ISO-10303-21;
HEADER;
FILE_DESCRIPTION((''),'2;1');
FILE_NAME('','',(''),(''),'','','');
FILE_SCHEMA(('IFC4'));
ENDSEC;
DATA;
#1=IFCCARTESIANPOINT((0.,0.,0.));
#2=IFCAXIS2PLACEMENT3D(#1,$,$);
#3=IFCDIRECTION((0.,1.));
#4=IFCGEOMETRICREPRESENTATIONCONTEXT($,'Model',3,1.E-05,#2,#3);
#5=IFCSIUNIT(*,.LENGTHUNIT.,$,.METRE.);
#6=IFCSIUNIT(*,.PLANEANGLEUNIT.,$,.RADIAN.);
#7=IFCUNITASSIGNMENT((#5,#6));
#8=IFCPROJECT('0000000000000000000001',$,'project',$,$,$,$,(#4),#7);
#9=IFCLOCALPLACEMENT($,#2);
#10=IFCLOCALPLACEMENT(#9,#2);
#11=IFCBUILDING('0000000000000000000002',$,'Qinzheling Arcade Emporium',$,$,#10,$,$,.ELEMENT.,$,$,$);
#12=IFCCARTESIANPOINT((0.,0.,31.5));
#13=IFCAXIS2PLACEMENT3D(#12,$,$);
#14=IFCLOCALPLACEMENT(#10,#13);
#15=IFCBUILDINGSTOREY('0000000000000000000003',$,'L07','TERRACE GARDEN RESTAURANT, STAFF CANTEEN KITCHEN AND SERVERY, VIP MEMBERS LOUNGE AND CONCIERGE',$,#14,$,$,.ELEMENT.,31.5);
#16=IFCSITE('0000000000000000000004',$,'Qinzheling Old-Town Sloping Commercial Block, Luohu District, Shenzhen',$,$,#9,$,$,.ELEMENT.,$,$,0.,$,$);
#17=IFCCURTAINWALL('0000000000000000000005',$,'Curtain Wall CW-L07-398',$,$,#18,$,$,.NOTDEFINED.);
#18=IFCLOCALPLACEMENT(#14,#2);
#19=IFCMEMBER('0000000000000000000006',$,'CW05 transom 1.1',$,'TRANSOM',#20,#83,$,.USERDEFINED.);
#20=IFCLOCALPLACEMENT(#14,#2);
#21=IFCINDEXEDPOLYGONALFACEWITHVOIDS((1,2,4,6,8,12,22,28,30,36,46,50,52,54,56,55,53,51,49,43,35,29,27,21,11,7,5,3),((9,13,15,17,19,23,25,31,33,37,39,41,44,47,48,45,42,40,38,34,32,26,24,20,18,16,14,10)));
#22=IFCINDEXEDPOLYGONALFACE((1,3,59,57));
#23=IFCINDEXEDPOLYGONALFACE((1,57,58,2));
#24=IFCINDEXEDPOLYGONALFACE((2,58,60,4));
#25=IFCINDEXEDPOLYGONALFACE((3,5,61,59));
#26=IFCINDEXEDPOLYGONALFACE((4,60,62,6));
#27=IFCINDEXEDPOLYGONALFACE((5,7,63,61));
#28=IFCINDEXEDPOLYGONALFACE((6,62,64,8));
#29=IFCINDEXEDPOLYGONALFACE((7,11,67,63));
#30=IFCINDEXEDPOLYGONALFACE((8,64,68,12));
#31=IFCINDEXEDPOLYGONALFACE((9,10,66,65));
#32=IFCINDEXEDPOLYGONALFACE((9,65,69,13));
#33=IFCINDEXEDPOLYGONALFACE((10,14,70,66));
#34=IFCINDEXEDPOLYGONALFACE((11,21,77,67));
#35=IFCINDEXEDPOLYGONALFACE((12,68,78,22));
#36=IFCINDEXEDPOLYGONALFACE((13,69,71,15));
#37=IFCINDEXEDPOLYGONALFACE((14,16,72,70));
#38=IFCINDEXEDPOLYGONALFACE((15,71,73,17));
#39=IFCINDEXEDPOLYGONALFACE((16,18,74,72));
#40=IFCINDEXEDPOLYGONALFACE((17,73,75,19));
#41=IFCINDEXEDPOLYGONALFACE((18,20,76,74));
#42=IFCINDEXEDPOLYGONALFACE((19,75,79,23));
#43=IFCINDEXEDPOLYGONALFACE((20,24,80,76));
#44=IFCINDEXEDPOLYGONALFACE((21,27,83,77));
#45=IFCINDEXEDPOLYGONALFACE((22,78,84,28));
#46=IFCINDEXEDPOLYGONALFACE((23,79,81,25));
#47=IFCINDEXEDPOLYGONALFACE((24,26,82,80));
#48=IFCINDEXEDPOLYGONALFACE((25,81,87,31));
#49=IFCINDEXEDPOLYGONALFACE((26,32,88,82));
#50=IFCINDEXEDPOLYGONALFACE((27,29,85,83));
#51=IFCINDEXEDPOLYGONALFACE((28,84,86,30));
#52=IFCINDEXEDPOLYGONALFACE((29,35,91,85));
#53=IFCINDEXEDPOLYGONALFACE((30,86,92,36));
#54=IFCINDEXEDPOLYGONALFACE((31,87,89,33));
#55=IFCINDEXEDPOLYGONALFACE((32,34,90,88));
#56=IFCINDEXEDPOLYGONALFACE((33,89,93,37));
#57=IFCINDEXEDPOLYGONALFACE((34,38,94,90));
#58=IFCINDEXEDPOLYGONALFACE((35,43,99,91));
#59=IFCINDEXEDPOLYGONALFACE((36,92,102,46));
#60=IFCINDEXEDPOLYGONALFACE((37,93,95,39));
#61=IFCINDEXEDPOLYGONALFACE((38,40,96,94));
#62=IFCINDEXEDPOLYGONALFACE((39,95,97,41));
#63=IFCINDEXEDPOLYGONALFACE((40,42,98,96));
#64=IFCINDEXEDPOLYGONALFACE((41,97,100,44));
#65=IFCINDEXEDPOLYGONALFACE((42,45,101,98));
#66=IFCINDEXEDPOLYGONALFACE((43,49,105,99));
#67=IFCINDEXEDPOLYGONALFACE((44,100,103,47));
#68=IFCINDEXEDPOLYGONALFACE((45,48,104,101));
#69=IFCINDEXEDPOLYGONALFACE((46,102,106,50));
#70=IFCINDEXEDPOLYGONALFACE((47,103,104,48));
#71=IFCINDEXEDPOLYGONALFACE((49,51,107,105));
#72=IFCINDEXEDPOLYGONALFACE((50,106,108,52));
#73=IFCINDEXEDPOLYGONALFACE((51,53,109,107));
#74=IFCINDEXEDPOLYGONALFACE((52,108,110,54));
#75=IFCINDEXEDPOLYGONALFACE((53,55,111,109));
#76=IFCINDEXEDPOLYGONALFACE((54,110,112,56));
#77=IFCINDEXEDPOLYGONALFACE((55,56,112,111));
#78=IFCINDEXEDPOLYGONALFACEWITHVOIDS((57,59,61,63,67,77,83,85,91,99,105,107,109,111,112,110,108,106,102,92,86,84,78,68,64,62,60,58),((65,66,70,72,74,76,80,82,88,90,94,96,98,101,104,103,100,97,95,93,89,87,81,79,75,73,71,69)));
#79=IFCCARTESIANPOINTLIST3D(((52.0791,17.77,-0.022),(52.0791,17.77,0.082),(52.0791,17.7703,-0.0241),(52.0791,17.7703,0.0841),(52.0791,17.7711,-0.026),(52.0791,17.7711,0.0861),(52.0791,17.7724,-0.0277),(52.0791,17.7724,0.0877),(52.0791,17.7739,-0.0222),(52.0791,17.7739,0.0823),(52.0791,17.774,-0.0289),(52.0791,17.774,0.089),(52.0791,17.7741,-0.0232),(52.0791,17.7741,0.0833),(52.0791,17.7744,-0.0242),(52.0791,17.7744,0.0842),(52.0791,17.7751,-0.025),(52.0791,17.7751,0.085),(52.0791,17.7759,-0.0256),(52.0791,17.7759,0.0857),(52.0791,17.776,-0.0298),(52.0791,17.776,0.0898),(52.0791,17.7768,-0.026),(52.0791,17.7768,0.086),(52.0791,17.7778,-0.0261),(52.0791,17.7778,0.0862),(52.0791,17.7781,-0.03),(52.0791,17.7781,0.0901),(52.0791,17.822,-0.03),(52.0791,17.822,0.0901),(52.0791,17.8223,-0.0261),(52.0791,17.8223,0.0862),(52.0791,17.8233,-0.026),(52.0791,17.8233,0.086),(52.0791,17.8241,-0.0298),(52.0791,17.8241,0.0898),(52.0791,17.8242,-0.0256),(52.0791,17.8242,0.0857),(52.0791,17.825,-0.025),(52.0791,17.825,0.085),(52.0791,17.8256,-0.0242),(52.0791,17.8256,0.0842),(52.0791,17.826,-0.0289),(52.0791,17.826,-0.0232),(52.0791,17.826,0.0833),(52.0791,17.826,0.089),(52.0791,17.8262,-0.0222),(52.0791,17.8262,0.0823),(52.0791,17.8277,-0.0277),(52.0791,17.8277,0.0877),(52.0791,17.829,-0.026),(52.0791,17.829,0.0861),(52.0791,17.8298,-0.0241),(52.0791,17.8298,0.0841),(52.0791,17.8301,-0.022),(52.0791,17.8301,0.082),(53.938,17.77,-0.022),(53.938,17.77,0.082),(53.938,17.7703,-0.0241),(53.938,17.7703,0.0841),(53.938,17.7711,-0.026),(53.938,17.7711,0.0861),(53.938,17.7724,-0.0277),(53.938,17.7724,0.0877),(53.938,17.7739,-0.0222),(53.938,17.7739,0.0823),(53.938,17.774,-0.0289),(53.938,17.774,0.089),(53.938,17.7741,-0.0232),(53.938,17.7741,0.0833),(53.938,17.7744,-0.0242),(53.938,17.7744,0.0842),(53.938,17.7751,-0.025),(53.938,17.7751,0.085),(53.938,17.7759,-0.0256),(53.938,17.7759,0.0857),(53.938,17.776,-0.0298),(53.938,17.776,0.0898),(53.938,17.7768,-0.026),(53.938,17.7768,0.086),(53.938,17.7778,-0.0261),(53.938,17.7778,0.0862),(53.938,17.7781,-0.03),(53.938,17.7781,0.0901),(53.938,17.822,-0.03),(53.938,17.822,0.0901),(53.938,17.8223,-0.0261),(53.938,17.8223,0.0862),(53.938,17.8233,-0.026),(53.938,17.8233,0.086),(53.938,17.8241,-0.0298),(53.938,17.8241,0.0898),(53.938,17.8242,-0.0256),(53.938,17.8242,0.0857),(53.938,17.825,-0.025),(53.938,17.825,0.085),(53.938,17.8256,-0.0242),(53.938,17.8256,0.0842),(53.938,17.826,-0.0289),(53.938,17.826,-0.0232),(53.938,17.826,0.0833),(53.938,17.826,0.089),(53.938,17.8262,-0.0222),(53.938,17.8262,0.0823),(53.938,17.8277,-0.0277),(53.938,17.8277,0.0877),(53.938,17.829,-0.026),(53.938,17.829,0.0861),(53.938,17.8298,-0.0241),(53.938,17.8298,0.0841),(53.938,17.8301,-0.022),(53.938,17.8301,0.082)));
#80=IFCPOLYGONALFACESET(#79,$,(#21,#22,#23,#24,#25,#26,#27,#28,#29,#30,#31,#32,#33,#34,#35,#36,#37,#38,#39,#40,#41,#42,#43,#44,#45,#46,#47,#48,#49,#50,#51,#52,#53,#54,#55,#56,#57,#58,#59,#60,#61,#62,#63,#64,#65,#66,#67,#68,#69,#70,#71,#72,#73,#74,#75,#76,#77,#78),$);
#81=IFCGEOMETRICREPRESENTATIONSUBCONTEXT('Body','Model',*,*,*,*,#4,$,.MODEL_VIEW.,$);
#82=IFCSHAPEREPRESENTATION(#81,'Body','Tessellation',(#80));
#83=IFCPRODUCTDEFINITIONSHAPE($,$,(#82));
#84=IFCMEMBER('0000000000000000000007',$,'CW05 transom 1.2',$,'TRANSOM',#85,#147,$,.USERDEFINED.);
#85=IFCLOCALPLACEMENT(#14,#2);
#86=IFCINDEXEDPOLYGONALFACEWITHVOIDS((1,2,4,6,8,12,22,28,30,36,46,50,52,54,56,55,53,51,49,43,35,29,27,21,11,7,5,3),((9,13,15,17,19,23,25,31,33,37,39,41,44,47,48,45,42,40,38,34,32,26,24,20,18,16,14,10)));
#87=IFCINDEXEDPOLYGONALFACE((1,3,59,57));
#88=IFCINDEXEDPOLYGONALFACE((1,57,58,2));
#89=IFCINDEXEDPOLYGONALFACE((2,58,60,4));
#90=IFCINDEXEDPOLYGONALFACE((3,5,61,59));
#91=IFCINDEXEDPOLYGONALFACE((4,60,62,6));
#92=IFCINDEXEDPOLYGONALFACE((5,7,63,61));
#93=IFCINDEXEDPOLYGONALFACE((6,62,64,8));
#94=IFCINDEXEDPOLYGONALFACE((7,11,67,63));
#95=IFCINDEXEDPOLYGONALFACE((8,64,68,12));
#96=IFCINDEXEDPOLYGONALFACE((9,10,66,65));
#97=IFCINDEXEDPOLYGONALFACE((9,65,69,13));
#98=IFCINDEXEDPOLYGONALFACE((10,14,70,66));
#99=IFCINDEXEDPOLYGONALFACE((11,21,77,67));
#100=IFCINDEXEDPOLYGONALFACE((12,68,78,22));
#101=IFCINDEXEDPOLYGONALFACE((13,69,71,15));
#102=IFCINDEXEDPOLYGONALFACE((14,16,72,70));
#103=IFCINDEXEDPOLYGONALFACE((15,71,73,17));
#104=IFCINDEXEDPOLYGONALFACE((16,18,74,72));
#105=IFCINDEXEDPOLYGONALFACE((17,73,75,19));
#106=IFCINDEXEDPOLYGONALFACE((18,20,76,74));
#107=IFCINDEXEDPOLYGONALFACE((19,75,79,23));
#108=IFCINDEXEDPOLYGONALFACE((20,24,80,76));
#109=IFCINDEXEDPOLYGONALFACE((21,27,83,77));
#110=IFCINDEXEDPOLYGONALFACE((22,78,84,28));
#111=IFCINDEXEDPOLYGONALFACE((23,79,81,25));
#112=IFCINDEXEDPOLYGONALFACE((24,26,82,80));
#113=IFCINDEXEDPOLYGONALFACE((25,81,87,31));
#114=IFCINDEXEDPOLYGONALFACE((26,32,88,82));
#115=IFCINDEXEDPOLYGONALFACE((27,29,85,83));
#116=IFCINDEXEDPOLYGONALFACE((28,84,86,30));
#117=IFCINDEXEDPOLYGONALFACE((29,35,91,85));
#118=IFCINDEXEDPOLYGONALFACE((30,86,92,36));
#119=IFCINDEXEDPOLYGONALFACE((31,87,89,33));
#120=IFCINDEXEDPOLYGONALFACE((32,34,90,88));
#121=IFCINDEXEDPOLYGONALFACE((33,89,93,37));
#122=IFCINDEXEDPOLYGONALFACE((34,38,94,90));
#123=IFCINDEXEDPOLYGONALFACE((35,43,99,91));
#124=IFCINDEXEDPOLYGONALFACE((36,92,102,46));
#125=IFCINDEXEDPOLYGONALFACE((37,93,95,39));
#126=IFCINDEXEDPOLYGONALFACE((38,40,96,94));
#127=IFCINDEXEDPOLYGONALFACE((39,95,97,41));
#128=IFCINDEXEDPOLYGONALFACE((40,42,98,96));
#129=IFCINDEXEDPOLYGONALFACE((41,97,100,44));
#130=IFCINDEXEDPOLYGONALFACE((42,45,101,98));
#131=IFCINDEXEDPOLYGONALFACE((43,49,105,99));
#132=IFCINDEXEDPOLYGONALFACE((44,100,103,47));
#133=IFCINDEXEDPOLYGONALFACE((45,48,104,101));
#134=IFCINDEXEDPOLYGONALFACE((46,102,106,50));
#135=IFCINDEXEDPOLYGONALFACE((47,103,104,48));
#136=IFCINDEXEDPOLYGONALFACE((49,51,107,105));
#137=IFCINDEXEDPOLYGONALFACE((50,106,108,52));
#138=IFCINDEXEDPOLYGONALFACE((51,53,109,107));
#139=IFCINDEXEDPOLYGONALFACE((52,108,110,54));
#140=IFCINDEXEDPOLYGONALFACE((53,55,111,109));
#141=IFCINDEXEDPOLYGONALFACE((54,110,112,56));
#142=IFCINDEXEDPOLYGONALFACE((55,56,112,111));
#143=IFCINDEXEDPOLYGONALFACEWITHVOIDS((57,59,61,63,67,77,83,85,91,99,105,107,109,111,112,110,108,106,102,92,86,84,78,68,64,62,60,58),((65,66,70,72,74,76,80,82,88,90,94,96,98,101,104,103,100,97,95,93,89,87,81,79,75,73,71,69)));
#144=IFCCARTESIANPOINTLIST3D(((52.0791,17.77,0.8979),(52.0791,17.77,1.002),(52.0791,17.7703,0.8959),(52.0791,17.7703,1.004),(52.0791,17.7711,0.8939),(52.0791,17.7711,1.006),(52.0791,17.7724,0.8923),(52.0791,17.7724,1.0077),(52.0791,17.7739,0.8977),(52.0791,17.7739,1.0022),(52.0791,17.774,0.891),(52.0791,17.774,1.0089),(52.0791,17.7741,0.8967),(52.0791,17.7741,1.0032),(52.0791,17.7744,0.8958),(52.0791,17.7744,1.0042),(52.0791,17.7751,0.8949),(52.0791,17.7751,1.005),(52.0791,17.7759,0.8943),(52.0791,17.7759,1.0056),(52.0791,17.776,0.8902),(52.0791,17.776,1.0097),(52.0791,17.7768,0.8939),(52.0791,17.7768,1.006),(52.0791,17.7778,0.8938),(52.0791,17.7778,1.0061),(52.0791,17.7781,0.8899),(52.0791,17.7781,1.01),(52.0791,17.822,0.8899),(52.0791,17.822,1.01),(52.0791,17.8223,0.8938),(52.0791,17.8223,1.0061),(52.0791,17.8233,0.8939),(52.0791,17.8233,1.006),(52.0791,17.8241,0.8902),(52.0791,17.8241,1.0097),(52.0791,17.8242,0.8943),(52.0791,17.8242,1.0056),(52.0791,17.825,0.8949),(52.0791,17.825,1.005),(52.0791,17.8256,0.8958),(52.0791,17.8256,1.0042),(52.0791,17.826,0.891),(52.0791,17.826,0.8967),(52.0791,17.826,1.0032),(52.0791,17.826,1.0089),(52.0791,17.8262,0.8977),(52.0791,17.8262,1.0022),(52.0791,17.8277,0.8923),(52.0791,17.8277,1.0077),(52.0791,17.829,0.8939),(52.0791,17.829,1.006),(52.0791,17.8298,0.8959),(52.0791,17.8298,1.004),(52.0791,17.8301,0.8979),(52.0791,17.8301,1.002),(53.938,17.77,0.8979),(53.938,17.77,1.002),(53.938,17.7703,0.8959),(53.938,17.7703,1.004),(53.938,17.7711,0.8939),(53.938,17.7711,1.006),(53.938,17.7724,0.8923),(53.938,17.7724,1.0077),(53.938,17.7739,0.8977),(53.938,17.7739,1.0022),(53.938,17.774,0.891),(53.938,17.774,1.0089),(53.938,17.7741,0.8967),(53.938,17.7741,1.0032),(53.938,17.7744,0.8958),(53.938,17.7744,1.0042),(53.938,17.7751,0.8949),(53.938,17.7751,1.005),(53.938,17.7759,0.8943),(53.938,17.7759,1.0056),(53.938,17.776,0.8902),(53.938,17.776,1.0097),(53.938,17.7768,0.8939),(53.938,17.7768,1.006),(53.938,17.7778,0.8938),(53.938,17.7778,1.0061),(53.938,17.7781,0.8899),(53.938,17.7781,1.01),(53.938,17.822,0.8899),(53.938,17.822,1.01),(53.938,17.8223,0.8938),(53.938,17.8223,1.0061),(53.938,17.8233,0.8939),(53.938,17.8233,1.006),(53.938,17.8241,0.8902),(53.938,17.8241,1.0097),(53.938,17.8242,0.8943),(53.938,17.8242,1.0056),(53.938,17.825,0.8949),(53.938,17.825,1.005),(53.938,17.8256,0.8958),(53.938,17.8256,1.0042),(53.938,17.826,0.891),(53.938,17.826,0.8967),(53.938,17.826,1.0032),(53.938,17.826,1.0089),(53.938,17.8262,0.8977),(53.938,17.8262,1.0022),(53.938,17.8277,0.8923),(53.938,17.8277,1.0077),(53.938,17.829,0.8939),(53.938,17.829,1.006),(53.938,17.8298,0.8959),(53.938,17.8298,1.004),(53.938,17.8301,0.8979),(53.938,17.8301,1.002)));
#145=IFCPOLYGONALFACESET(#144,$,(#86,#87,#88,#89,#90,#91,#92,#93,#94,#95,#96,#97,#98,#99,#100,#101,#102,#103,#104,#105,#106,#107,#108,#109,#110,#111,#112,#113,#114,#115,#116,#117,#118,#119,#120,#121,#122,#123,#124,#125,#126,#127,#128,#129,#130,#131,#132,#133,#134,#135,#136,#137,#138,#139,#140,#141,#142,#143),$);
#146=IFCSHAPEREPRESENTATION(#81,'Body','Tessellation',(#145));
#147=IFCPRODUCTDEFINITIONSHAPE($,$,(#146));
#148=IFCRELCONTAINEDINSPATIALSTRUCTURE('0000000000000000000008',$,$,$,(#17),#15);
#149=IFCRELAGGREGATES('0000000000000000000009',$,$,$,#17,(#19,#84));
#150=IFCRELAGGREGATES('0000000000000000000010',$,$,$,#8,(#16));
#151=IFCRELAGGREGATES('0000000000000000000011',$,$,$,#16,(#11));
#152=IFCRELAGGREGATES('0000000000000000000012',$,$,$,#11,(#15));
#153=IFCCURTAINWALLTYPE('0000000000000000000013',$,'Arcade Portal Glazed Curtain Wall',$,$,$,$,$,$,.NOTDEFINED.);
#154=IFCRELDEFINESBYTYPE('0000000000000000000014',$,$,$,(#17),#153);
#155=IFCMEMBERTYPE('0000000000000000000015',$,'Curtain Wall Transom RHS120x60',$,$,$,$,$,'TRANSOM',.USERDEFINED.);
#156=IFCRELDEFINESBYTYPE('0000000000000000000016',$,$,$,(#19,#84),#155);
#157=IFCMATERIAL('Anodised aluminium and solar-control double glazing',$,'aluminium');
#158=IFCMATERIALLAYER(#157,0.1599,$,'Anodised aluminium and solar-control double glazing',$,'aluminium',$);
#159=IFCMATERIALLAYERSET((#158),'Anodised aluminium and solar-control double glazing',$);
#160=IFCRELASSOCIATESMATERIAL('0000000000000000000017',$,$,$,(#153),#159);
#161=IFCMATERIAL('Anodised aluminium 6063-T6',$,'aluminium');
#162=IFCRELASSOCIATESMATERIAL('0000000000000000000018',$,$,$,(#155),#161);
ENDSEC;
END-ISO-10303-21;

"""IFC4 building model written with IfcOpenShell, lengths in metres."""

from ifc_helpers import new_model, si_unit, direction, frame, origin, origin_2d, place, context, subcontext, project, spatial, hollow_rectangle, extrude, material, layer, layer_set, material_profile, profile_set, type_object, element, aggregate, save


model = new_model("IFC4")

# Units and contexts
model_context = context("Model", 3, precision=1e-05, world=origin(), true_north=direction((0.0, 1.0)))
body_context = subcontext(model_context, "Body", "Model", "MODEL_VIEW")
ifc_project = project(units=[si_unit("LENGTHUNIT", "METRE"), si_unit("PLANEANGLEUNIT", "RADIAN")], contexts=[model_context])

# Site, building, storey
site_placement = place(None, origin())
site = spatial("IfcSite", under=ifc_project, at=site_placement, Name="Qinzheling Old-Town Sloping Commercial Block, Luohu District, Shenzhen", CompositionType="ELEMENT", RefElevation=0.0)
building_placement = place(site_placement, origin())
building = spatial("IfcBuilding", under=site, at=building_placement, Name="Qinzheling Arcade Emporium", CompositionType="ELEMENT")
storey_placement = place(building_placement, frame((0.0, 0.0, 31.5)))
storey = spatial("IfcBuildingStorey", under=building, at=storey_placement, Name="L07", Description="TERRACE GARDEN RESTAURANT, STAFF CANTEEN KITCHEN AND SERVERY, VIP MEMBERS LOUNGE AND CONCIERGE", CompositionType="ELEMENT", Elevation=31.5)

# Shared definitions
ifc_material_1 = material(Name="Anodised aluminium and solar-control double glazing", Category="aluminium")
ifc_layer_1 = layer(ifc_material_1, 0.1599, Name="Anodised aluminium and solar-control double glazing", Category="aluminium")
ifc_layer_set_1 = layer_set([ifc_layer_1], Name="Anodised aluminium and solar-control double glazing")
curtain_wall_type = type_object("IfcCurtainWallType", Name="Arcade Portal Glazed Curtain Wall", PredefinedType="NOTDEFINED", material=ifc_layer_set_1)
ifc_material_2 = material(Name="Anodised aluminium 6063-T6", Category="aluminium")

# Curtain wall
curtain_wall_1_placement = place(storey_placement, origin())
curtain_wall_1 = element("IfcCurtainWall", 1, at=curtain_wall_1_placement, inside=storey, type_object=curtain_wall_type, Name="Curtain Wall CW-L07-398", PredefinedType="NOTDEFINED")

# Members
ifc_material_profile_1 = material_profile(ifc_material_2, hollow_rectangle(XDim=0.0601, YDim=0.1201, WallThickness=0.0039, InnerFilletRadius=0.0039, OuterFilletRadius=0.0081, at=origin_2d()), Name="RHS 120x60x4", Category="aluminium")
ifc_profile_set_1 = profile_set([ifc_material_profile_1], Name="Anodised aluminium 6063-T6")
member_type_1 = type_object("IfcMemberType", Name="Curtain Wall Transom RHS120x60", ElementType="TRANSOM", PredefinedType="USERDEFINED", material=ifc_profile_set_1)
member_1_placement = place(storey_placement, frame((53.938, 17.8, 0.03), z_axis=(-1.0, 0.0, 0.0), x_axis=(0.0, -1.0, 0.0)))
member_1 = element("IfcMember", 2, at=member_1_placement, type_object=member_type_1, Name="CW05 transom 1.1", ObjectType="TRANSOM", PredefinedType="USERDEFINED", context=body_context, shape_type="SweptSolid", body=[
    extrude(hollow_rectangle(XDim=0.0601, YDim=0.1201, WallThickness=0.0039, InnerFilletRadius=0.0039, OuterFilletRadius=0.0081, at=origin_2d()), origin(), (0.0, 0.0, 1.0), 1.8589),
])
member_2_placement = place(storey_placement, frame((53.938, 17.8, 0.95), z_axis=(-1.0, 0.0, 0.0), x_axis=(0.0, -1.0, 0.0)))
member_2 = element("IfcMember", 3, at=member_2_placement, type_object=member_type_1, Name="CW05 transom 1.2", ObjectType="TRANSOM", PredefinedType="USERDEFINED", context=body_context, shape_type="SweptSolid", body=[
    extrude(hollow_rectangle(XDim=0.0601, YDim=0.1201, WallThickness=0.0039, InnerFilletRadius=0.0039, OuterFilletRadius=0.0081, at=origin_2d()), origin(), (0.0, 0.0, 1.0), 1.8589),
])

aggregate(curtain_wall_1, [member_1, member_2])

save(model, "model.ifc")
